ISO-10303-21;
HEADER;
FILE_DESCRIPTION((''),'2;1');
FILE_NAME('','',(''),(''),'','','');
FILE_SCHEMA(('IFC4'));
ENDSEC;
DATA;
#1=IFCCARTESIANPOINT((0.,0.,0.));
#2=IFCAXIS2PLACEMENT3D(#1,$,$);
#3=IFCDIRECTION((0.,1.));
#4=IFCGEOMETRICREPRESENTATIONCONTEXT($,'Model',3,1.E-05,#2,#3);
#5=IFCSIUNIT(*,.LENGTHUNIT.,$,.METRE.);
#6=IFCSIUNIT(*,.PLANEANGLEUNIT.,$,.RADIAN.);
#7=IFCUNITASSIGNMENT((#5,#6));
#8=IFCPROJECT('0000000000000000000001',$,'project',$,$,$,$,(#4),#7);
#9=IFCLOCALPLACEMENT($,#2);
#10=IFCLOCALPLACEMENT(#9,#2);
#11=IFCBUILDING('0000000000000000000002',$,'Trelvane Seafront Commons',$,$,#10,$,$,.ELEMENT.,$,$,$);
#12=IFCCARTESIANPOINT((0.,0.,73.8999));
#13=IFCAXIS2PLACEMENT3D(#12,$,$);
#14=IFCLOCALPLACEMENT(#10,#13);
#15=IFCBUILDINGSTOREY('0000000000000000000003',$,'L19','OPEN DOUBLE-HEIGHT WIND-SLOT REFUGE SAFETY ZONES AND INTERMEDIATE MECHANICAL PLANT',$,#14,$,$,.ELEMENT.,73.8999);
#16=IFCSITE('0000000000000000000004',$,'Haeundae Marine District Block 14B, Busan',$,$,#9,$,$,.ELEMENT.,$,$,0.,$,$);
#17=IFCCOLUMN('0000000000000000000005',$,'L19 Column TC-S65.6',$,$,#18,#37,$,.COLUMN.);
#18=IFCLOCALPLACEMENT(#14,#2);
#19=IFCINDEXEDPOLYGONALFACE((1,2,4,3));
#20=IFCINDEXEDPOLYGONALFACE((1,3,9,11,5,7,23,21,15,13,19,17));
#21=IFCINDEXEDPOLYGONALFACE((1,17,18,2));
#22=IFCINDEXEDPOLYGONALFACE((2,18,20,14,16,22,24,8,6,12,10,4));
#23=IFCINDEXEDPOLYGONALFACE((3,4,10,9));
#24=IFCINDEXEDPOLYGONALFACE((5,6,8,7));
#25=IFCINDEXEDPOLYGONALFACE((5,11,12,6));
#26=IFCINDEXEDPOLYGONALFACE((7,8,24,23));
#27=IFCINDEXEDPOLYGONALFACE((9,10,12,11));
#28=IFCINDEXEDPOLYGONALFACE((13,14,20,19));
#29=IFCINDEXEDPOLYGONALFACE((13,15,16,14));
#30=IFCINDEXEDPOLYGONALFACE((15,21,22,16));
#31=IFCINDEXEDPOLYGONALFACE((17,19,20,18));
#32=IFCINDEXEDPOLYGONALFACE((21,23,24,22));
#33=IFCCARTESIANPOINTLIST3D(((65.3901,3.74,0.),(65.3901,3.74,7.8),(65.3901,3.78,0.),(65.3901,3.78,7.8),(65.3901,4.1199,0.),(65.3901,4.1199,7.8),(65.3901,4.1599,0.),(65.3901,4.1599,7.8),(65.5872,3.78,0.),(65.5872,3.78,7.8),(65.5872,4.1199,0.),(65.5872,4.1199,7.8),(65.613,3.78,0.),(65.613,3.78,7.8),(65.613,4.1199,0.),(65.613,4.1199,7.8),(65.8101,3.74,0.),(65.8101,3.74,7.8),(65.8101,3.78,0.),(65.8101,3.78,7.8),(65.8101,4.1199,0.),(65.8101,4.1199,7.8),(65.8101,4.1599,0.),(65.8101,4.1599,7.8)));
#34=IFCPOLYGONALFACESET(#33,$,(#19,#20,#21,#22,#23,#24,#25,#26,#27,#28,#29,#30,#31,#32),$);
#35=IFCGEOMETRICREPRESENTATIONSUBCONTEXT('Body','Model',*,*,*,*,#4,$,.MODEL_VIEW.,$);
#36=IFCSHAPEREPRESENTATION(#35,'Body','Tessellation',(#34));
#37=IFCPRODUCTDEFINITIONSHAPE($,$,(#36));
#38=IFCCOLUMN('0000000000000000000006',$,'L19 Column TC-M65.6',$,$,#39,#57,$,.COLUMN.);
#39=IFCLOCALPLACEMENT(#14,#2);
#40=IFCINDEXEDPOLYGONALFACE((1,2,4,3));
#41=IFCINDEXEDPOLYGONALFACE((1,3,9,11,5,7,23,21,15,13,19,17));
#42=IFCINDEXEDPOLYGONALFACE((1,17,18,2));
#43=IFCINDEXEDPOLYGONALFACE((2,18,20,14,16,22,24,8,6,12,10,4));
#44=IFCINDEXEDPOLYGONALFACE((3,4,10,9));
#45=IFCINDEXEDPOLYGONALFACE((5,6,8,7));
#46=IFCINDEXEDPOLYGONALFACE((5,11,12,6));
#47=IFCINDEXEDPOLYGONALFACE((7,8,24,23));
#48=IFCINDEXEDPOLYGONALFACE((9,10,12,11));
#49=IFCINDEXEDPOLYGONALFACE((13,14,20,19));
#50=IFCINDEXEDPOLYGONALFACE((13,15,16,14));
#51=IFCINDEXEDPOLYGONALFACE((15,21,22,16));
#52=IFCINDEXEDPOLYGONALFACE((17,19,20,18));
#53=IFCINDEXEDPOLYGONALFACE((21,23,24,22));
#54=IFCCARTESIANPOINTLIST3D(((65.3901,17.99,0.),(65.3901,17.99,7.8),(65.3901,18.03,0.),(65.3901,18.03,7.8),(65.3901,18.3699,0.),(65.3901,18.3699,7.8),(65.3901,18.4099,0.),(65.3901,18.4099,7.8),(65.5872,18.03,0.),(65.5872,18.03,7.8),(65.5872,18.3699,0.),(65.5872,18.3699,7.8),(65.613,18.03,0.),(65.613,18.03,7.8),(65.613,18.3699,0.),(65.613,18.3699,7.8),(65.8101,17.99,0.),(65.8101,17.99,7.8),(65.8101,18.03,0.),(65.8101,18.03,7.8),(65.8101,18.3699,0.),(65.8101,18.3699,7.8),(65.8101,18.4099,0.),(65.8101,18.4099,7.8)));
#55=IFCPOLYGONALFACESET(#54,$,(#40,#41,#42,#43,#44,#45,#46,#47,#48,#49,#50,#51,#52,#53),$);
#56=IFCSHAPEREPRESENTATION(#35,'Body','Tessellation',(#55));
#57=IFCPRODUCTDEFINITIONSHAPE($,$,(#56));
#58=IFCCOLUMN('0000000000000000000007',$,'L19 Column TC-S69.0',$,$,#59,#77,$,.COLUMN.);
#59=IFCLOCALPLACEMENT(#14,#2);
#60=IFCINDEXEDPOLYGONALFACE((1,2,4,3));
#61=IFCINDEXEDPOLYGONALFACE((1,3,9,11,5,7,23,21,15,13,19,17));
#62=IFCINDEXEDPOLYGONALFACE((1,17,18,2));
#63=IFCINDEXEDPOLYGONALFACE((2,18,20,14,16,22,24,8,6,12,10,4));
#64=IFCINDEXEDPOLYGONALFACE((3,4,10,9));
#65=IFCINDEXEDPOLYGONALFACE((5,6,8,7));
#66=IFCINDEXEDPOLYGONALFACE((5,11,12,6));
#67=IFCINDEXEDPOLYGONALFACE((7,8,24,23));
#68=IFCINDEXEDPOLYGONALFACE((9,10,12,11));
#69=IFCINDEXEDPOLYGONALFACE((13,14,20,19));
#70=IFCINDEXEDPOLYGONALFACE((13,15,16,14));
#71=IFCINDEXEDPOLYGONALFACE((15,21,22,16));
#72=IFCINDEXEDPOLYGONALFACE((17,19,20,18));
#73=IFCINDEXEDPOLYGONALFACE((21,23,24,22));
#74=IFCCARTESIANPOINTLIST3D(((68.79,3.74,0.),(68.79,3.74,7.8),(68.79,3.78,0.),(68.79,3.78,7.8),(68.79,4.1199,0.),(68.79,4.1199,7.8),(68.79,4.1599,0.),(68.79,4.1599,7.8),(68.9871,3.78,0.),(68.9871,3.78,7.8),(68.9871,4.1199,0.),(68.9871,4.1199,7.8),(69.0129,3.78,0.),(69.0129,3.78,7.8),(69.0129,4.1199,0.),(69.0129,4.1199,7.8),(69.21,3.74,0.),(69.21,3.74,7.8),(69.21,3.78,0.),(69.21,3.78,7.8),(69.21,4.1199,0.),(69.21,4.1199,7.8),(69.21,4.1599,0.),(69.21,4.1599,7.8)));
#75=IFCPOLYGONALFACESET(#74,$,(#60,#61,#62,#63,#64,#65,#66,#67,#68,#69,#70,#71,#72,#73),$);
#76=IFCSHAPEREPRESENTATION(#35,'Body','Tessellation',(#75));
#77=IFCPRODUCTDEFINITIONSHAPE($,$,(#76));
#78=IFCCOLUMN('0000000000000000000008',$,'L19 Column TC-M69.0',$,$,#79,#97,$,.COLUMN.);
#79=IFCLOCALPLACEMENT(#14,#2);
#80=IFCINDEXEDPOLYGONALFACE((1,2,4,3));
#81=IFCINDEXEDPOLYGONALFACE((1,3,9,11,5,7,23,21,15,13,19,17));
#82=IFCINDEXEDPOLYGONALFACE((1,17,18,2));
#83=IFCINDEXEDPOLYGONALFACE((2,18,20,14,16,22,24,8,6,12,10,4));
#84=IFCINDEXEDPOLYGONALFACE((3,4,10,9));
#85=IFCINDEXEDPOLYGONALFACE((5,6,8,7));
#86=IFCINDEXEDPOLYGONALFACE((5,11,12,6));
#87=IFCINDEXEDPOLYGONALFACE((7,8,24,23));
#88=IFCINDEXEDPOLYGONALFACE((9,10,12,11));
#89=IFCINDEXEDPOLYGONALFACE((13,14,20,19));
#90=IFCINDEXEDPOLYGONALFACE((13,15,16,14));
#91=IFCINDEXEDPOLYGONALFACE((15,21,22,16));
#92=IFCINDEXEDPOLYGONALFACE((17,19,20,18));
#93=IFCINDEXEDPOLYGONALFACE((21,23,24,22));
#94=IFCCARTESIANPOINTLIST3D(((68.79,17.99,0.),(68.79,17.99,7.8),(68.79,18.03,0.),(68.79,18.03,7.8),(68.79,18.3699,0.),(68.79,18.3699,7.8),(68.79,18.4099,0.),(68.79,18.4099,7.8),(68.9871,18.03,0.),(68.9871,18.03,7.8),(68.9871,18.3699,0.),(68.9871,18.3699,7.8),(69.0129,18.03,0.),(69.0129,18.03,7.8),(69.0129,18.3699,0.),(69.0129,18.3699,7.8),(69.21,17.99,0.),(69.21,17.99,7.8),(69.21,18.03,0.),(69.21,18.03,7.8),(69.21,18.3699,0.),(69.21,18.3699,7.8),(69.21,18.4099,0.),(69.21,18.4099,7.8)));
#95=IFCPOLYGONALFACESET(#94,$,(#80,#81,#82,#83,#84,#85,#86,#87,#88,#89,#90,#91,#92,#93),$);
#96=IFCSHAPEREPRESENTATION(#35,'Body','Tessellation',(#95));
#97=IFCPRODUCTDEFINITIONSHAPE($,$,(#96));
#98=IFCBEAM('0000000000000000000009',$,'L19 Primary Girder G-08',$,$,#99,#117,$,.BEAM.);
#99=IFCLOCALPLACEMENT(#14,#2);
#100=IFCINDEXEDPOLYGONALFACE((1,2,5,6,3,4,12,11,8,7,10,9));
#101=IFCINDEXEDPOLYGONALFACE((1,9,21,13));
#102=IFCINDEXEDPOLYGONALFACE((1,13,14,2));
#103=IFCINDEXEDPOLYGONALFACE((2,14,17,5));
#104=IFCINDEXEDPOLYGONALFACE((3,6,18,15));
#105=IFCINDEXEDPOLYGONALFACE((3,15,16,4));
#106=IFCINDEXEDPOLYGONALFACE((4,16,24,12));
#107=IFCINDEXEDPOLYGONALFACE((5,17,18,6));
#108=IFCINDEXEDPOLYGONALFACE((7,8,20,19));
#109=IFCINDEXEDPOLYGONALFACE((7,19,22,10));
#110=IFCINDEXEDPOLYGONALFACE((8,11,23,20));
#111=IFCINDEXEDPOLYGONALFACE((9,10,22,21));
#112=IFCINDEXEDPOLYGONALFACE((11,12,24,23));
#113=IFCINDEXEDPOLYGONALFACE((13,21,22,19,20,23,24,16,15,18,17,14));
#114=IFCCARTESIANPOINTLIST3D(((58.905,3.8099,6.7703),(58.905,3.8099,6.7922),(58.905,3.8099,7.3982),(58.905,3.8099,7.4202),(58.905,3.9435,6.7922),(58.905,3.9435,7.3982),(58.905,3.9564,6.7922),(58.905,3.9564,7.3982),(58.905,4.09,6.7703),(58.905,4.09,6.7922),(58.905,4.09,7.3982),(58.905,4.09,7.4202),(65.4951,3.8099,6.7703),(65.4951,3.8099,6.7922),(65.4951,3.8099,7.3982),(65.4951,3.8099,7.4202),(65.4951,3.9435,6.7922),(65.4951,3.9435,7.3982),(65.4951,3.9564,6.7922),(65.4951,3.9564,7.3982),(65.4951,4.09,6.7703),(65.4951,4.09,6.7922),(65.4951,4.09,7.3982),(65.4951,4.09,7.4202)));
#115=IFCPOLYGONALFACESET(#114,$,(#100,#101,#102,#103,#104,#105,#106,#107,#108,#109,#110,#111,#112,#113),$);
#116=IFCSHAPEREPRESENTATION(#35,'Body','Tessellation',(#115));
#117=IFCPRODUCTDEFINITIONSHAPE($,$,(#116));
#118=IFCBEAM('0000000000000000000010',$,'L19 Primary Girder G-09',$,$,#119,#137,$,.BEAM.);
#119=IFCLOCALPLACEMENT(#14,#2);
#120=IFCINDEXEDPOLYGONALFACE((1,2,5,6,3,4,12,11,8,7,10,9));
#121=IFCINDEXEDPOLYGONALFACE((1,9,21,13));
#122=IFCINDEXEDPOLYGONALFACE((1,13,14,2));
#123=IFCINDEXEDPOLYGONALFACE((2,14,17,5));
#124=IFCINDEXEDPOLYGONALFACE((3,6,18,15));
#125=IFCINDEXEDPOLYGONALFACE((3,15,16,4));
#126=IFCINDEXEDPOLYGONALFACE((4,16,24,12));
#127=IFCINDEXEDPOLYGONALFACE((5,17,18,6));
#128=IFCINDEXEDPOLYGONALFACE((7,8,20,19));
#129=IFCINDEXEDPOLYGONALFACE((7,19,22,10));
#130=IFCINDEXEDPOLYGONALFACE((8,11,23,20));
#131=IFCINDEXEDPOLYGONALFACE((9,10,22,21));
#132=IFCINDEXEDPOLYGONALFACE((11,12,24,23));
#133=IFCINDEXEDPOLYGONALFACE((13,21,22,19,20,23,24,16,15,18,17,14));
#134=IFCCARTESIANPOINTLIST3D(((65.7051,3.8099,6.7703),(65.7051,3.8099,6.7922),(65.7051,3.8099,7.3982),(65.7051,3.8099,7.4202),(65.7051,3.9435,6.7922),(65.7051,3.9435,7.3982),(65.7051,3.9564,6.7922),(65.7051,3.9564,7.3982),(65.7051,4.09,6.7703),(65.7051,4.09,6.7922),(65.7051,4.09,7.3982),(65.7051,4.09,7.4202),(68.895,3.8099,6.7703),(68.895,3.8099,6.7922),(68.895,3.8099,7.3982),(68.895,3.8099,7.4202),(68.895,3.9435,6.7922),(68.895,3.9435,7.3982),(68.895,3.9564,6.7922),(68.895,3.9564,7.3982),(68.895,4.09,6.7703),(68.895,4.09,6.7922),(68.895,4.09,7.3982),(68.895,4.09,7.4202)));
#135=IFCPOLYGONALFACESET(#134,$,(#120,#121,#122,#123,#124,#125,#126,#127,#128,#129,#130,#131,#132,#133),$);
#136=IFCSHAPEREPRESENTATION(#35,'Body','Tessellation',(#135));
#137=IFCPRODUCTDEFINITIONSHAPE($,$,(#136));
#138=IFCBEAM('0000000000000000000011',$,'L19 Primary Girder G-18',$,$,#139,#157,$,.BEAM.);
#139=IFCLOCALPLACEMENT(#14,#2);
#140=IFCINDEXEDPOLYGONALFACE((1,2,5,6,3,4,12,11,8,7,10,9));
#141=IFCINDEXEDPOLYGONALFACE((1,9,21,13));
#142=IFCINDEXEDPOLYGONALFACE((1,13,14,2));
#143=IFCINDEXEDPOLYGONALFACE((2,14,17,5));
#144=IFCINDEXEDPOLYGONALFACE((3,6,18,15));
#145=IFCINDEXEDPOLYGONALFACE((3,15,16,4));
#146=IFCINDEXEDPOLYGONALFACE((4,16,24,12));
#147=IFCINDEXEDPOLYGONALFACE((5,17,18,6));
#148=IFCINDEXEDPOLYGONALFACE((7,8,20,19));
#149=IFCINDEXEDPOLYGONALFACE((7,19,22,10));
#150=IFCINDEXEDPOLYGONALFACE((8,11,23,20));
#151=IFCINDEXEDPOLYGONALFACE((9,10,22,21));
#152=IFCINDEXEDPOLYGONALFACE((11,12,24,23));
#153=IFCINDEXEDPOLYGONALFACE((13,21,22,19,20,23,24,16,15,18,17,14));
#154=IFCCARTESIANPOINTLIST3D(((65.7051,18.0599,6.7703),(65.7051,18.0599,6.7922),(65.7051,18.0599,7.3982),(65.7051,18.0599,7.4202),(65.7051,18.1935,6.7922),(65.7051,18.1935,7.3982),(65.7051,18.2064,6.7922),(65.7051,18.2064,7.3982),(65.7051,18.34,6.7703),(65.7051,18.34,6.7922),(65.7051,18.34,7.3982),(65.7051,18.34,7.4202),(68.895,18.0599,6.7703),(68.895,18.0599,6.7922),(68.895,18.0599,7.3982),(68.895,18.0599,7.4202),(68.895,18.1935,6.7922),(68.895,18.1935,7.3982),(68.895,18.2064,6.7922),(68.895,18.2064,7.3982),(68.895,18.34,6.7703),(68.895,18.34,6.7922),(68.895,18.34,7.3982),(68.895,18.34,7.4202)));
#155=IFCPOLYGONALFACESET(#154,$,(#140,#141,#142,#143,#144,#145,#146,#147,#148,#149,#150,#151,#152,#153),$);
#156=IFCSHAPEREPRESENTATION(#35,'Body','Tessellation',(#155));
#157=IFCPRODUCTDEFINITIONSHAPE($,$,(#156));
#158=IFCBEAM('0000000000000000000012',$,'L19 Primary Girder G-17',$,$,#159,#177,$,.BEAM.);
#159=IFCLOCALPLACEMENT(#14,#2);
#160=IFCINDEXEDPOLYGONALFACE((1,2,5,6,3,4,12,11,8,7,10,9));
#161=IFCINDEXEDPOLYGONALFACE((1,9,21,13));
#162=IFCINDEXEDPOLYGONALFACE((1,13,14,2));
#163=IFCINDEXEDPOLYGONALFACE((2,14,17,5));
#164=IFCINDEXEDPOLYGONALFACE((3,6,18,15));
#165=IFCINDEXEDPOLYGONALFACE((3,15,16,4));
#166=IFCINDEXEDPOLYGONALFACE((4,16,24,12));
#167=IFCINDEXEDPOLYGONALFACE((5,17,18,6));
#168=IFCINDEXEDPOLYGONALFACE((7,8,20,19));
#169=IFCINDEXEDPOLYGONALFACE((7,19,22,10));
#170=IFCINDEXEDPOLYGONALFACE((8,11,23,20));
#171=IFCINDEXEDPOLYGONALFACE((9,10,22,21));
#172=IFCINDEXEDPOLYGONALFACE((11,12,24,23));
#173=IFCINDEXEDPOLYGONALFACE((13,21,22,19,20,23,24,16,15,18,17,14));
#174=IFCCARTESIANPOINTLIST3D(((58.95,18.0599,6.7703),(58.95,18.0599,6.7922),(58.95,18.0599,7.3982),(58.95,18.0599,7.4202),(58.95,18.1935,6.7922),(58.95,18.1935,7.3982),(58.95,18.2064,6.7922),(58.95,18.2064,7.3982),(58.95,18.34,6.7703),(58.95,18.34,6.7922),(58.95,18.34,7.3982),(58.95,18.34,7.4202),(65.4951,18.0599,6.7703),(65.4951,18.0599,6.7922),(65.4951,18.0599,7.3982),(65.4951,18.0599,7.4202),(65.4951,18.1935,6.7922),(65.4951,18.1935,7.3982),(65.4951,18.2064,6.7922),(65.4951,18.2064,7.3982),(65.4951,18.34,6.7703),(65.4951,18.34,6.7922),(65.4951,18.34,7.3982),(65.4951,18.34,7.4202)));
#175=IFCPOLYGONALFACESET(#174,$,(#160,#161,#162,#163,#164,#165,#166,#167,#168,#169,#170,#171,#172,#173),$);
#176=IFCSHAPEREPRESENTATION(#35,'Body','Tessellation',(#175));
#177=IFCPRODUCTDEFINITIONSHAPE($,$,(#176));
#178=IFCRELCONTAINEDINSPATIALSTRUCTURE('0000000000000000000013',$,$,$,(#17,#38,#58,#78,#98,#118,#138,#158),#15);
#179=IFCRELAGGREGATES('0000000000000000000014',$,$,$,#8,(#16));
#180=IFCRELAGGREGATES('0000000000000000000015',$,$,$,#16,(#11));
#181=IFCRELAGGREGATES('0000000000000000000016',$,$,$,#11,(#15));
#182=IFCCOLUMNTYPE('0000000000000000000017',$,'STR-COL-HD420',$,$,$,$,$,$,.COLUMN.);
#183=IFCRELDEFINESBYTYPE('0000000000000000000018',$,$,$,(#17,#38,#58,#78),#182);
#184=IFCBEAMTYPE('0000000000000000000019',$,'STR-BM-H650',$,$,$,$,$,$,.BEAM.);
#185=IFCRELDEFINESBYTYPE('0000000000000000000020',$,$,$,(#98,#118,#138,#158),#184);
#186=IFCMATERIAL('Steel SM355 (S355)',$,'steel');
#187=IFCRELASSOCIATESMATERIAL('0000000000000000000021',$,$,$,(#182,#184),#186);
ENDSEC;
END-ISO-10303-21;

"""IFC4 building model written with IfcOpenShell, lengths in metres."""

from ifc_helpers import new_model, si_unit, direction, frame, origin, origin_2d, place, context, subcontext, project, spatial, i_section, extrude, source, transform, mapped, material, material_profile, profile_set, type_object, element, save


model = new_model("IFC4")

# Units and contexts
model_context = context("Model", 3, precision=1e-05, world=origin(), true_north=direction((0.0, 1.0)))
body_context = subcontext(model_context, "Body", "Model", "MODEL_VIEW")
ifc_project = project(units=[si_unit("LENGTHUNIT", "METRE"), si_unit("PLANEANGLEUNIT", "RADIAN")], contexts=[model_context])

# Site, building, storey
site_placement = place(None, origin())
site = spatial("IfcSite", under=ifc_project, at=site_placement, Name="Haeundae Marine District Block 14B, Busan", CompositionType="ELEMENT", RefElevation=0.0)
building_placement = place(site_placement, origin())
building = spatial("IfcBuilding", under=site, at=building_placement, Name="Trelvane Seafront Commons", CompositionType="ELEMENT")
storey_placement = place(building_placement, frame((0.0, 0.0, 73.8999)))
storey = spatial("IfcBuildingStorey", under=building, at=storey_placement, Name="L19", Description="OPEN DOUBLE-HEIGHT WIND-SLOT REFUGE SAFETY ZONES AND INTERMEDIATE MECHANICAL PLANT", CompositionType="ELEMENT", Elevation=73.8999)

# Columns
ifc_material_1 = material(Name="Steel SM355 (S355)", Category="steel")
ifc_material_profile_1 = material_profile(ifc_material_1, i_section(OverallWidth=0.4199, OverallDepth=0.4199, WebThickness=0.0259, FlangeThickness=0.04, at=origin_2d()), Name="HD-420x420x26x40")
ifc_profile_set_1 = profile_set([ifc_material_profile_1], Name="Steel SM355 (S355)")
column_type = type_object("IfcColumnType", Name="STR-COL-HD420", PredefinedType="COLUMN", material=ifc_profile_set_1)
shared_shape_1 = source(origin(), body_context, "Body", "SweptSolid", [
    extrude(i_section(OverallWidth=0.4199, OverallDepth=0.4199, WebThickness=0.0259, FlangeThickness=0.04, at=origin_2d()), origin(), (0.0, 0.0, 1.0), 7.8),
])
for number, where, z_axis, x_axis, name in (
    (1, (65.6001, 3.95, 0.0), (0.0, 0.0, 1.0), (1.0, 0.0, 0.0), "L19 Column TC-S65.6"),
    (2, (65.6001, 18.2, 0.0), (0.0, 0.0, 1.0), (1.0, 0.0, 0.0), "L19 Column TC-M65.6"),
    (3, (69.0, 3.95, 0.0), (0.0, 0.0, 1.0), (1.0, 0.0, 0.0), "L19 Column TC-S69.0"),
    (4, (69.0, 18.2, 0.0), (0.0, 0.0, 1.0), (1.0, 0.0, 0.0), "L19 Column TC-M69.0"),
):
    element("IfcColumn", number, at=place(storey_placement, frame(where, z_axis=z_axis, x_axis=x_axis)), inside=storey, type_object=column_type, Name=name, PredefinedType="COLUMN", context=body_context, shape_type="MappedRepresentation", body=[
        mapped(shared_shape_1, transform((0.0, 0.0, 0.0), x_axis=(1.0, 0.0, 0.0), y_axis=(0.0, 1.0, 0.0), z_axis=(0.0, 0.0, 1.0), scale=1.0)),
    ])

# Beams
ifc_material_profile_2 = material_profile(ifc_material_1, i_section(OverallWidth=0.28, OverallDepth=0.6499, WebThickness=0.0129, FlangeThickness=0.022, at=origin_2d()), Name="H-650x280x13x22")
ifc_profile_set_2 = profile_set([ifc_material_profile_2], Name="Steel SM355 (S355)")
beam_type_1 = type_object("IfcBeamType", Name="STR-BM-H650", PredefinedType="BEAM", material=ifc_profile_set_2)
shared_shape_2 = source(origin(), body_context, "Body", "SweptSolid", [
    extrude(i_section(OverallWidth=0.28, OverallDepth=0.6499, WebThickness=0.0129, FlangeThickness=0.022, at=origin_2d()), origin(), (0.0, 0.0, 1.0), 6.5901),
])
beam_1_placement = place(storey_placement, frame((58.905, 3.95, 7.0952), z_axis=(1.0, 0.0, 0.0), x_axis=(0.0, 1.0, 0.0)))
element("IfcBeam", 5, at=beam_1_placement, inside=storey, type_object=beam_type_1, Name="L19 Primary Girder G-08", PredefinedType="BEAM", context=body_context, shape_type="MappedRepresentation", body=[
    mapped(shared_shape_2, transform((0.0, 0.0, 0.0), x_axis=(1.0, 0.0, 0.0), y_axis=(0.0, 1.0, 0.0), z_axis=(0.0, 0.0, 1.0), scale=1.0)),
])
shared_shape_3 = source(origin(), body_context, "Body", "SweptSolid", [
    extrude(i_section(OverallWidth=0.28, OverallDepth=0.6499, WebThickness=0.0129, FlangeThickness=0.022, at=origin_2d()), origin(), (0.0, 0.0, 1.0), 3.1899),
])
for number, where, z_axis, x_axis, name in (
    (6, (65.7051, 3.95, 7.0952), (1.0, 0.0, 0.0), (0.0, 1.0, 0.0), "L19 Primary Girder G-09"),
    (7, (65.7051, 18.2, 7.0952), (1.0, 0.0, 0.0), (0.0, 1.0, 0.0), "L19 Primary Girder G-18"),
):
    element("IfcBeam", number, at=place(storey_placement, frame(where, z_axis=z_axis, x_axis=x_axis)), inside=storey, type_object=beam_type_1, Name=name, PredefinedType="BEAM", context=body_context, shape_type="MappedRepresentation", body=[
        mapped(shared_shape_3, transform((0.0, 0.0, 0.0), x_axis=(1.0, 0.0, 0.0), y_axis=(0.0, 1.0, 0.0), z_axis=(0.0, 0.0, 1.0), scale=1.0)),
    ])
shared_shape_4 = source(origin(), body_context, "Body", "SweptSolid", [
    extrude(i_section(OverallWidth=0.28, OverallDepth=0.6499, WebThickness=0.0129, FlangeThickness=0.022, at=origin_2d()), origin(), (0.0, 0.0, 1.0), 6.5452),
])
beam_2_placement = place(storey_placement, frame((58.95, 18.2, 7.0952), z_axis=(1.0, 0.0, 0.0), x_axis=(0.0, 1.0, 0.0)))
element("IfcBeam", 8, at=beam_2_placement, inside=storey, type_object=beam_type_1, Name="L19 Primary Girder G-17", PredefinedType="BEAM", context=body_context, shape_type="MappedRepresentation", body=[
    mapped(shared_shape_4, transform((0.0, 0.0, 0.0), x_axis=(1.0, 0.0, 0.0), y_axis=(0.0, 1.0, 0.0), z_axis=(0.0, 0.0, 1.0), scale=1.0)),
])

save(model, "model.ifc")
